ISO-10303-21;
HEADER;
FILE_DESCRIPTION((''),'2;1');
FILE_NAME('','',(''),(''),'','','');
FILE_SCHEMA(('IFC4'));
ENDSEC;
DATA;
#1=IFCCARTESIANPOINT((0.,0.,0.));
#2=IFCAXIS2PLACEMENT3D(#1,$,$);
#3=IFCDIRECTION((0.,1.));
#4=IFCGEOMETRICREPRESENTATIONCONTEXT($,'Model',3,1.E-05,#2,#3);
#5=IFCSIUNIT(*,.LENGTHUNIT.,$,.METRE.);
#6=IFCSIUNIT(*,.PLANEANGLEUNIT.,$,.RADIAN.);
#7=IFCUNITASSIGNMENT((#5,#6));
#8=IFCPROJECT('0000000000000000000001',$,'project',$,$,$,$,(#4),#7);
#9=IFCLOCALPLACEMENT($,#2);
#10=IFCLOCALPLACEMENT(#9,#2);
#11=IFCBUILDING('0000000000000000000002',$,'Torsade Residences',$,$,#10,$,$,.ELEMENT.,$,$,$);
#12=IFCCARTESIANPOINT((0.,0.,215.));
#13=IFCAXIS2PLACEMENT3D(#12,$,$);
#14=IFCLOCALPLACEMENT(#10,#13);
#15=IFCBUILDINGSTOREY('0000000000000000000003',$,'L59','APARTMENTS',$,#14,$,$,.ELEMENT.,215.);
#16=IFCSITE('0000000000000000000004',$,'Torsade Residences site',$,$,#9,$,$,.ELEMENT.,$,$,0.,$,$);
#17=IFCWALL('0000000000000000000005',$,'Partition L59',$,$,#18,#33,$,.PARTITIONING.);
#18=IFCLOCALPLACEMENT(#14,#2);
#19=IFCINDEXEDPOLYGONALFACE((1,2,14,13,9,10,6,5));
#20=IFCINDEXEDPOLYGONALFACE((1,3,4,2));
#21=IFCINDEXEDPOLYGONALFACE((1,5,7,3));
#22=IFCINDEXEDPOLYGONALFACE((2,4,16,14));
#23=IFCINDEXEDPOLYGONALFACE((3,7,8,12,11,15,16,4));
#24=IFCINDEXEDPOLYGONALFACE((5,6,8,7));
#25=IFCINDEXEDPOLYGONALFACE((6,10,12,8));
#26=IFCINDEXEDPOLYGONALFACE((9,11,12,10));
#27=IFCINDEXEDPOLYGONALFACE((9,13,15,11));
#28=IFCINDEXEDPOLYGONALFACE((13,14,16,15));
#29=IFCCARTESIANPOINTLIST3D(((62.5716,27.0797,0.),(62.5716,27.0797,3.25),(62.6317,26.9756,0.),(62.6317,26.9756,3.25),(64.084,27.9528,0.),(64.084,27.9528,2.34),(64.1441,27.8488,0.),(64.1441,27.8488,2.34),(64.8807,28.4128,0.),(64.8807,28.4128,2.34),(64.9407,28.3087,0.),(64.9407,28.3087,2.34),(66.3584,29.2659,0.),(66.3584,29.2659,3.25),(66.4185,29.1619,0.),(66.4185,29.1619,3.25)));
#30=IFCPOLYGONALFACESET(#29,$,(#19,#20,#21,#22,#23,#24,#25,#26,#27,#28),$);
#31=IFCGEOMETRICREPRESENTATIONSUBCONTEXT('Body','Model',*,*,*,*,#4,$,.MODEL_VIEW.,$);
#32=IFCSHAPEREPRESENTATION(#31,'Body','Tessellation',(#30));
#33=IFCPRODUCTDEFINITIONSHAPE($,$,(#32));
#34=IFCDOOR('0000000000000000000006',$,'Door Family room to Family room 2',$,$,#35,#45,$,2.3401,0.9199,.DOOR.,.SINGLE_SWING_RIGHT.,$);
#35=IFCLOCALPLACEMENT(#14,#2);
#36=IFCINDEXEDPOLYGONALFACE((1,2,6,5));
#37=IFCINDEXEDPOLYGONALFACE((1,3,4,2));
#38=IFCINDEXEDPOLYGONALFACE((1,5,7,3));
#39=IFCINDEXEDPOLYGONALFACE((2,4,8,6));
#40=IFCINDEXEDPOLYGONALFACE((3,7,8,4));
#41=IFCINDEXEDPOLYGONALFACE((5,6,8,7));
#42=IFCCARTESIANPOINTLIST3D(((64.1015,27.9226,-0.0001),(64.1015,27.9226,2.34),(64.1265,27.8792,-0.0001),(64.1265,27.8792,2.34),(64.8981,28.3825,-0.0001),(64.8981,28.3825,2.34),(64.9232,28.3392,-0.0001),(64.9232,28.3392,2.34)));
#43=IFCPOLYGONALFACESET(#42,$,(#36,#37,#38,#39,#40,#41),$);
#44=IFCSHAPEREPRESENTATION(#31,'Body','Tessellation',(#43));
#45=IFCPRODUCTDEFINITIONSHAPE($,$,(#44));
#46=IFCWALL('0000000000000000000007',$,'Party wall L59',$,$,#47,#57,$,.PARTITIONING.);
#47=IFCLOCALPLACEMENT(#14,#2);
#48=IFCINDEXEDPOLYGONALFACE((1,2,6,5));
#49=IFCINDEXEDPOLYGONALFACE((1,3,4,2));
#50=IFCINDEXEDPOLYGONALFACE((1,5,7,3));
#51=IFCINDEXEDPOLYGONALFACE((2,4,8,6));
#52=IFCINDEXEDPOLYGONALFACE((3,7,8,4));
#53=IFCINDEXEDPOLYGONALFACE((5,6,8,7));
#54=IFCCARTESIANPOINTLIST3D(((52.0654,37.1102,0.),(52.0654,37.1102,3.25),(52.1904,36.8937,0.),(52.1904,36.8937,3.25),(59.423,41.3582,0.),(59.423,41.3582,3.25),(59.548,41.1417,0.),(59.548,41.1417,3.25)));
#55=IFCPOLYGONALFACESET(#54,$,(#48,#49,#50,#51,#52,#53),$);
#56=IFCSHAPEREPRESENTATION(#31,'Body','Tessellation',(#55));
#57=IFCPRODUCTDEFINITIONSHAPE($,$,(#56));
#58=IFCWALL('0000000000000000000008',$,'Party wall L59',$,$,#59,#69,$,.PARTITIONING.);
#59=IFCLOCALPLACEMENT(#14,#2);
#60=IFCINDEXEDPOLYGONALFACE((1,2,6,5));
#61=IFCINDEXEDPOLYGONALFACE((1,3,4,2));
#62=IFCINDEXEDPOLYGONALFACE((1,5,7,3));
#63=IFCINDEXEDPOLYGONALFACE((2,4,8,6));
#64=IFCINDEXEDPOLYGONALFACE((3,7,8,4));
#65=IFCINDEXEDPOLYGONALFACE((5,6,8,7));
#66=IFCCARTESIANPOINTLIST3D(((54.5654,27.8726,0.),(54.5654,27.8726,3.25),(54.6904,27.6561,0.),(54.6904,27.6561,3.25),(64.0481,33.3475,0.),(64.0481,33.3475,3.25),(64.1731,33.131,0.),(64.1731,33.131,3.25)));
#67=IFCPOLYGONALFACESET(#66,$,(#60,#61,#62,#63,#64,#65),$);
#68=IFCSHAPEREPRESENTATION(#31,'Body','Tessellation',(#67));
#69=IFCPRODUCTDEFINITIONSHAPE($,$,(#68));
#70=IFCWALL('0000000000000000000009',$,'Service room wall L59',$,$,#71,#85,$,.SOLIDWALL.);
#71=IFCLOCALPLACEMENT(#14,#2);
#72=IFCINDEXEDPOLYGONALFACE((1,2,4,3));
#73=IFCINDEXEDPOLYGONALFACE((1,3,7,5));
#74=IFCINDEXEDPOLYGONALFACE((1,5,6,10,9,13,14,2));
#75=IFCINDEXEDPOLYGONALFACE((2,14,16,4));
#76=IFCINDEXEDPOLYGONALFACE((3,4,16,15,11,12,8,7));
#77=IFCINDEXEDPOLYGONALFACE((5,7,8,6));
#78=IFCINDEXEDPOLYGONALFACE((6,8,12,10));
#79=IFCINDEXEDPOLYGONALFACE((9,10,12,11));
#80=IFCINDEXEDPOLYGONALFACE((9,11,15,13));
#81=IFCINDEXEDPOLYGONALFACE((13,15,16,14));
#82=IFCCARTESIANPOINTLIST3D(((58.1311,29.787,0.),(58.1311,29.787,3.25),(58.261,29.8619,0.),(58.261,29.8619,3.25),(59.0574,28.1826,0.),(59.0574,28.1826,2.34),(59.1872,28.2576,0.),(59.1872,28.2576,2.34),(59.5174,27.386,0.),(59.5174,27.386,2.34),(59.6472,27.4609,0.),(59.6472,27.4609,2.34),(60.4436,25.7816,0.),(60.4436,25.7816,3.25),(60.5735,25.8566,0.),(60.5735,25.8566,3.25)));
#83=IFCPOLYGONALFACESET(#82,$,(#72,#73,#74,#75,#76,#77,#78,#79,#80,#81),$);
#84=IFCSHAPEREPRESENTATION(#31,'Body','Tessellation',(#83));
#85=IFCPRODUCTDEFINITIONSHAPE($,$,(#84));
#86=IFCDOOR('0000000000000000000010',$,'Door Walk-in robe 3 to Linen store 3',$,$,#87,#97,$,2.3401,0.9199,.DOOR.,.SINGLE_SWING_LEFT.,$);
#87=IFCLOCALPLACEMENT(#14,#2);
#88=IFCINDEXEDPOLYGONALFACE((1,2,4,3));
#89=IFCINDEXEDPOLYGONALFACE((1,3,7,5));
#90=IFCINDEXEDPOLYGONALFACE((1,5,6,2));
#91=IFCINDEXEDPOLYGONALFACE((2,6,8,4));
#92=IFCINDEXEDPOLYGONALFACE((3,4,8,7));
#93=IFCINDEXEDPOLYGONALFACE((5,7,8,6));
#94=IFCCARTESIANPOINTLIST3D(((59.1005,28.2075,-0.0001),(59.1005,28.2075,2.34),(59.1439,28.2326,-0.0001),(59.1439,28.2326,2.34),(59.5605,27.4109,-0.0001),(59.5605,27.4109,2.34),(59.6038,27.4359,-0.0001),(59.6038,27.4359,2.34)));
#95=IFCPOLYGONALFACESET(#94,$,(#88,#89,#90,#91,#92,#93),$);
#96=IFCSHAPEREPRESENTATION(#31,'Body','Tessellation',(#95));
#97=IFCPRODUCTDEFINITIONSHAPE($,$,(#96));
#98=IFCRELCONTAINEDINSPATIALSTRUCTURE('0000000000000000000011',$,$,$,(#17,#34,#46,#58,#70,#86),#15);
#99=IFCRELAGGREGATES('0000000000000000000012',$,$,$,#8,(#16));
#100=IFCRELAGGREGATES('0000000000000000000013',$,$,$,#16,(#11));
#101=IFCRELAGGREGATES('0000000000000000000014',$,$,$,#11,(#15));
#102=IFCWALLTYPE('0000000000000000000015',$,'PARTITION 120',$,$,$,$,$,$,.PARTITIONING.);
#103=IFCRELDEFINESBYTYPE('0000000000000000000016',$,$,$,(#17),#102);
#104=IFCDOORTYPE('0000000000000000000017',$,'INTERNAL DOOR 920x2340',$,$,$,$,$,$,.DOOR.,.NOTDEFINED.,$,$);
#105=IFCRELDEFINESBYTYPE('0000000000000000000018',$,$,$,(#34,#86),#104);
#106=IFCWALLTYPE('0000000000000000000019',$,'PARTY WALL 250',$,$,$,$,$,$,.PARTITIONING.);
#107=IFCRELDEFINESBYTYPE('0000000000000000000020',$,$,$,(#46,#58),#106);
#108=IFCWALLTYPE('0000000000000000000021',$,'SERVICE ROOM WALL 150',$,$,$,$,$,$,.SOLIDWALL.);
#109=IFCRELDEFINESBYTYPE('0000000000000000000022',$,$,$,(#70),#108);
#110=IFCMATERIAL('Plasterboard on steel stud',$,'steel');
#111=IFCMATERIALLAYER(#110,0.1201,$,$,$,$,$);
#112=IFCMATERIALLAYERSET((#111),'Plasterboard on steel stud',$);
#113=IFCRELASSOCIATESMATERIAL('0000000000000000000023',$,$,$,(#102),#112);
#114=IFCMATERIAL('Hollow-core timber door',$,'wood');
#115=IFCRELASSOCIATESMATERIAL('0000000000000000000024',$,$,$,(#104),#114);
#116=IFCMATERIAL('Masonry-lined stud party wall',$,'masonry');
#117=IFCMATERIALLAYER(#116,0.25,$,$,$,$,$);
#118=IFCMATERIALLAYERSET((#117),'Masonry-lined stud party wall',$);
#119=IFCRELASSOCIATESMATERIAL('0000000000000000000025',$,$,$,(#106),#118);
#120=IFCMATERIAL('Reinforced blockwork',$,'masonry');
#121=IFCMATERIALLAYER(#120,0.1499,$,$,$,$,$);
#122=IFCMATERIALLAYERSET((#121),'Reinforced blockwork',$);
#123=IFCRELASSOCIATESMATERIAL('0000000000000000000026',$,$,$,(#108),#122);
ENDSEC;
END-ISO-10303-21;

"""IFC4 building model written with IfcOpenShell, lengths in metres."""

from ifc_helpers import new_model, si_unit, direction, frame, frame_2d, origin, place, context, subcontext, project, spatial, rectangle, extrude, material, layer, layer_set, type_object, element, fill, save


model = new_model("IFC4")

# Units and contexts
model_context = context("Model", 3, precision=1e-05, world=origin(), true_north=direction((0.0, 1.0)))
body_context = subcontext(model_context, "Body", "Model", "MODEL_VIEW")
ifc_project = project(units=[si_unit("LENGTHUNIT", "METRE"), si_unit("PLANEANGLEUNIT", "RADIAN")], contexts=[model_context])

# Site, building, storey
site_placement = place(None, origin())
site = spatial("IfcSite", under=ifc_project, at=site_placement, Name="Torsade Residences site", CompositionType="ELEMENT", RefElevation=0.0)
building_placement = place(site_placement, origin())
building = spatial("IfcBuilding", under=site, at=building_placement, Name="Torsade Residences", CompositionType="ELEMENT")
storey_placement = place(building_placement, frame((0.0, 0.0, 215.0)))
storey = spatial("IfcBuildingStorey", under=building, at=storey_placement, Name="L59", Description="APARTMENTS", CompositionType="ELEMENT", Elevation=215.0)

# Wall, opening, door
ifc_material_1 = material(Name="Plasterboard on steel stud", Category="steel")
ifc_layer_1 = layer(ifc_material_1, 0.1201)
ifc_layer_set_1 = layer_set([ifc_layer_1], Name="Plasterboard on steel stud")
wall_type_1 = type_object("IfcWallType", Name="PARTITION 120", PredefinedType="PARTITIONING", material=ifc_layer_set_1)
wall_1_placement = place(storey_placement, frame((66.3884, 29.2139, 0.0), z_axis=(0.0, 0.0, 1.0), x_axis=(-0.866032, -0.499988, 0.0)))
wall_1 = element("IfcWall", 1, at=wall_1_placement, inside=storey, type_object=wall_type_1, Name="Partition L59", PredefinedType="PARTITIONING", context=body_context, shape_type="SweptSolid", body=[
    extrude(rectangle(XDim=4.3726, YDim=0.1201, at=frame_2d((2.1863, 0.0))), origin(), (0.0, 0.0, 1.0), 3.25),
])
opening_1_placement = place(wall_1_placement, frame((1.7063, 0.0, 0.0)))
opening_1 = element("IfcOpeningElement", 2, at=opening_1_placement, cuts=wall_1, PredefinedType="OPENING", context=body_context, shape_type="SweptSolid", body=[
    extrude(rectangle(XDim=0.9199, YDim=2.3401, at=frame_2d((0.46, 1.1699))), frame((0.0, 0.0701, 0.0), z_axis=(0.0, -1.0, 0.0), x_axis=(1.0, 0.0, 0.0)), (0.0, 0.0, 1.0), 0.1401),
])
ifc_material_2 = material(Name="Hollow-core timber door", Category="wood")
door_type = type_object("IfcDoorType", Name="INTERNAL DOOR 920x2340", OperationType="NOTDEFINED", PredefinedType="DOOR", material=ifc_material_2)
door_1_placement = place(opening_1_placement, origin())
door_1 = element("IfcDoor", 3, at=door_1_placement, inside=storey, type_object=door_type, Name="Door Family room to Family room 2", OperationType="SINGLE_SWING_RIGHT", OverallHeight=2.3401, OverallWidth=0.9199, PredefinedType="DOOR", context=body_context, shape_type="SweptSolid", body=[
    extrude(rectangle(XDim=0.9199, YDim=2.3401, at=frame_2d((0.46, 1.1699))), frame((0.0, 0.0249, 0.0), z_axis=(0.0, -1.0, 0.0), x_axis=(1.0, 0.0, 0.0)), (0.0, 0.0, 1.0), 0.05),
])
fill(opening_1, door_1)

# Walls
ifc_material_3 = material(Name="Masonry-lined stud party wall", Category="masonry")
ifc_layer_2 = layer(ifc_material_3, 0.25)
ifc_layer_set_2 = layer_set([ifc_layer_2], Name="Masonry-lined stud party wall")
wall_type_2 = type_object("IfcWallType", Name="PARTY WALL 250", PredefinedType="PARTITIONING", material=ifc_layer_set_2)
wall_2_placement = place(storey_placement, frame((59.4856, 41.25, 0.0), z_axis=(0.0, 0.0, 1.0), x_axis=(-0.86602, -0.500009, 0.0)))
element("IfcWall", 4, at=wall_2_placement, inside=storey, type_object=wall_type_2, Name="Party wall L59", PredefinedType="PARTITIONING", context=body_context, shape_type="SweptSolid", body=[
    extrude(rectangle(XDim=8.4958, YDim=0.25, at=frame_2d((4.248, 0.0))), origin(), (0.0, 0.0, 1.0), 3.25),
])
wall_3_placement = place(storey_placement, frame((64.1106, 33.2393, 0.0), z_axis=(0.0, 0.0, 1.0), x_axis=(-0.866024, -0.500002, 0.0)))
element("IfcWall", 5, at=wall_3_placement, inside=storey, type_object=wall_type_2, Name="Party wall L59", PredefinedType="PARTITIONING", context=body_context, shape_type="SweptSolid", body=[
    extrude(rectangle(XDim=10.9497, YDim=0.25, at=frame_2d((5.4749, 0.0))), origin(), (0.0, 0.0, 1.0), 3.25),
])

# Wall, opening, door
ifc_material_4 = material(Name="Reinforced blockwork", Category="masonry")
ifc_layer_3 = layer(ifc_material_4, 0.1499)
ifc_layer_set_3 = layer_set([ifc_layer_3], Name="Reinforced blockwork")
wall_type_3 = type_object("IfcWallType", Name="SERVICE ROOM WALL 150", PredefinedType="SOLIDWALL", material=ifc_layer_set_3)
wall_4_placement = place(storey_placement, frame((58.196, 29.8245, 0.0), z_axis=(0.0, 0.0, 1.0), x_axis=(0.5, -0.866026, 0.0)))
wall_4 = element("IfcWall", 6, at=wall_4_placement, inside=storey, type_object=wall_type_3, Name="Service room wall L59", PredefinedType="SOLIDWALL", context=body_context, shape_type="SweptSolid", body=[
    extrude(rectangle(XDim=4.625, YDim=0.1499, at=frame_2d((2.3125, 0.0))), origin(), (0.0, 0.0, 1.0), 3.25),
])
opening_2_placement = place(wall_4_placement, frame((1.8525, 0.0, 0.0)))
opening_2 = element("IfcOpeningElement", 7, at=opening_2_placement, cuts=wall_4, PredefinedType="OPENING", context=body_context, shape_type="SweptSolid", body=[
    extrude(rectangle(XDim=0.9199, YDim=2.3401, at=frame_2d((0.46, 1.1699))), frame((0.0, 0.085, 0.0), z_axis=(0.0, -1.0, 0.0), x_axis=(1.0, 0.0, 0.0)), (0.0, 0.0, 1.0), 0.1699),
])
door_2_placement = place(opening_2_placement, origin())
door_2 = element("IfcDoor", 8, at=door_2_placement, inside=storey, type_object=door_type, Name="Door Walk-in robe 3 to Linen store 3", OperationType="SINGLE_SWING_LEFT", OverallHeight=2.3401, OverallWidth=0.9199, PredefinedType="DOOR", context=body_context, shape_type="SweptSolid", body=[
    extrude(rectangle(XDim=0.9199, YDim=2.3401, at=frame_2d((0.46, 1.1699))), frame((0.0, 0.0249, 0.0), z_axis=(0.0, -1.0, 0.0), x_axis=(1.0, 0.0, 0.0)), (0.0, 0.0, 1.0), 0.05),
])
fill(opening_2, door_2)

save(model, "model.ifc")
